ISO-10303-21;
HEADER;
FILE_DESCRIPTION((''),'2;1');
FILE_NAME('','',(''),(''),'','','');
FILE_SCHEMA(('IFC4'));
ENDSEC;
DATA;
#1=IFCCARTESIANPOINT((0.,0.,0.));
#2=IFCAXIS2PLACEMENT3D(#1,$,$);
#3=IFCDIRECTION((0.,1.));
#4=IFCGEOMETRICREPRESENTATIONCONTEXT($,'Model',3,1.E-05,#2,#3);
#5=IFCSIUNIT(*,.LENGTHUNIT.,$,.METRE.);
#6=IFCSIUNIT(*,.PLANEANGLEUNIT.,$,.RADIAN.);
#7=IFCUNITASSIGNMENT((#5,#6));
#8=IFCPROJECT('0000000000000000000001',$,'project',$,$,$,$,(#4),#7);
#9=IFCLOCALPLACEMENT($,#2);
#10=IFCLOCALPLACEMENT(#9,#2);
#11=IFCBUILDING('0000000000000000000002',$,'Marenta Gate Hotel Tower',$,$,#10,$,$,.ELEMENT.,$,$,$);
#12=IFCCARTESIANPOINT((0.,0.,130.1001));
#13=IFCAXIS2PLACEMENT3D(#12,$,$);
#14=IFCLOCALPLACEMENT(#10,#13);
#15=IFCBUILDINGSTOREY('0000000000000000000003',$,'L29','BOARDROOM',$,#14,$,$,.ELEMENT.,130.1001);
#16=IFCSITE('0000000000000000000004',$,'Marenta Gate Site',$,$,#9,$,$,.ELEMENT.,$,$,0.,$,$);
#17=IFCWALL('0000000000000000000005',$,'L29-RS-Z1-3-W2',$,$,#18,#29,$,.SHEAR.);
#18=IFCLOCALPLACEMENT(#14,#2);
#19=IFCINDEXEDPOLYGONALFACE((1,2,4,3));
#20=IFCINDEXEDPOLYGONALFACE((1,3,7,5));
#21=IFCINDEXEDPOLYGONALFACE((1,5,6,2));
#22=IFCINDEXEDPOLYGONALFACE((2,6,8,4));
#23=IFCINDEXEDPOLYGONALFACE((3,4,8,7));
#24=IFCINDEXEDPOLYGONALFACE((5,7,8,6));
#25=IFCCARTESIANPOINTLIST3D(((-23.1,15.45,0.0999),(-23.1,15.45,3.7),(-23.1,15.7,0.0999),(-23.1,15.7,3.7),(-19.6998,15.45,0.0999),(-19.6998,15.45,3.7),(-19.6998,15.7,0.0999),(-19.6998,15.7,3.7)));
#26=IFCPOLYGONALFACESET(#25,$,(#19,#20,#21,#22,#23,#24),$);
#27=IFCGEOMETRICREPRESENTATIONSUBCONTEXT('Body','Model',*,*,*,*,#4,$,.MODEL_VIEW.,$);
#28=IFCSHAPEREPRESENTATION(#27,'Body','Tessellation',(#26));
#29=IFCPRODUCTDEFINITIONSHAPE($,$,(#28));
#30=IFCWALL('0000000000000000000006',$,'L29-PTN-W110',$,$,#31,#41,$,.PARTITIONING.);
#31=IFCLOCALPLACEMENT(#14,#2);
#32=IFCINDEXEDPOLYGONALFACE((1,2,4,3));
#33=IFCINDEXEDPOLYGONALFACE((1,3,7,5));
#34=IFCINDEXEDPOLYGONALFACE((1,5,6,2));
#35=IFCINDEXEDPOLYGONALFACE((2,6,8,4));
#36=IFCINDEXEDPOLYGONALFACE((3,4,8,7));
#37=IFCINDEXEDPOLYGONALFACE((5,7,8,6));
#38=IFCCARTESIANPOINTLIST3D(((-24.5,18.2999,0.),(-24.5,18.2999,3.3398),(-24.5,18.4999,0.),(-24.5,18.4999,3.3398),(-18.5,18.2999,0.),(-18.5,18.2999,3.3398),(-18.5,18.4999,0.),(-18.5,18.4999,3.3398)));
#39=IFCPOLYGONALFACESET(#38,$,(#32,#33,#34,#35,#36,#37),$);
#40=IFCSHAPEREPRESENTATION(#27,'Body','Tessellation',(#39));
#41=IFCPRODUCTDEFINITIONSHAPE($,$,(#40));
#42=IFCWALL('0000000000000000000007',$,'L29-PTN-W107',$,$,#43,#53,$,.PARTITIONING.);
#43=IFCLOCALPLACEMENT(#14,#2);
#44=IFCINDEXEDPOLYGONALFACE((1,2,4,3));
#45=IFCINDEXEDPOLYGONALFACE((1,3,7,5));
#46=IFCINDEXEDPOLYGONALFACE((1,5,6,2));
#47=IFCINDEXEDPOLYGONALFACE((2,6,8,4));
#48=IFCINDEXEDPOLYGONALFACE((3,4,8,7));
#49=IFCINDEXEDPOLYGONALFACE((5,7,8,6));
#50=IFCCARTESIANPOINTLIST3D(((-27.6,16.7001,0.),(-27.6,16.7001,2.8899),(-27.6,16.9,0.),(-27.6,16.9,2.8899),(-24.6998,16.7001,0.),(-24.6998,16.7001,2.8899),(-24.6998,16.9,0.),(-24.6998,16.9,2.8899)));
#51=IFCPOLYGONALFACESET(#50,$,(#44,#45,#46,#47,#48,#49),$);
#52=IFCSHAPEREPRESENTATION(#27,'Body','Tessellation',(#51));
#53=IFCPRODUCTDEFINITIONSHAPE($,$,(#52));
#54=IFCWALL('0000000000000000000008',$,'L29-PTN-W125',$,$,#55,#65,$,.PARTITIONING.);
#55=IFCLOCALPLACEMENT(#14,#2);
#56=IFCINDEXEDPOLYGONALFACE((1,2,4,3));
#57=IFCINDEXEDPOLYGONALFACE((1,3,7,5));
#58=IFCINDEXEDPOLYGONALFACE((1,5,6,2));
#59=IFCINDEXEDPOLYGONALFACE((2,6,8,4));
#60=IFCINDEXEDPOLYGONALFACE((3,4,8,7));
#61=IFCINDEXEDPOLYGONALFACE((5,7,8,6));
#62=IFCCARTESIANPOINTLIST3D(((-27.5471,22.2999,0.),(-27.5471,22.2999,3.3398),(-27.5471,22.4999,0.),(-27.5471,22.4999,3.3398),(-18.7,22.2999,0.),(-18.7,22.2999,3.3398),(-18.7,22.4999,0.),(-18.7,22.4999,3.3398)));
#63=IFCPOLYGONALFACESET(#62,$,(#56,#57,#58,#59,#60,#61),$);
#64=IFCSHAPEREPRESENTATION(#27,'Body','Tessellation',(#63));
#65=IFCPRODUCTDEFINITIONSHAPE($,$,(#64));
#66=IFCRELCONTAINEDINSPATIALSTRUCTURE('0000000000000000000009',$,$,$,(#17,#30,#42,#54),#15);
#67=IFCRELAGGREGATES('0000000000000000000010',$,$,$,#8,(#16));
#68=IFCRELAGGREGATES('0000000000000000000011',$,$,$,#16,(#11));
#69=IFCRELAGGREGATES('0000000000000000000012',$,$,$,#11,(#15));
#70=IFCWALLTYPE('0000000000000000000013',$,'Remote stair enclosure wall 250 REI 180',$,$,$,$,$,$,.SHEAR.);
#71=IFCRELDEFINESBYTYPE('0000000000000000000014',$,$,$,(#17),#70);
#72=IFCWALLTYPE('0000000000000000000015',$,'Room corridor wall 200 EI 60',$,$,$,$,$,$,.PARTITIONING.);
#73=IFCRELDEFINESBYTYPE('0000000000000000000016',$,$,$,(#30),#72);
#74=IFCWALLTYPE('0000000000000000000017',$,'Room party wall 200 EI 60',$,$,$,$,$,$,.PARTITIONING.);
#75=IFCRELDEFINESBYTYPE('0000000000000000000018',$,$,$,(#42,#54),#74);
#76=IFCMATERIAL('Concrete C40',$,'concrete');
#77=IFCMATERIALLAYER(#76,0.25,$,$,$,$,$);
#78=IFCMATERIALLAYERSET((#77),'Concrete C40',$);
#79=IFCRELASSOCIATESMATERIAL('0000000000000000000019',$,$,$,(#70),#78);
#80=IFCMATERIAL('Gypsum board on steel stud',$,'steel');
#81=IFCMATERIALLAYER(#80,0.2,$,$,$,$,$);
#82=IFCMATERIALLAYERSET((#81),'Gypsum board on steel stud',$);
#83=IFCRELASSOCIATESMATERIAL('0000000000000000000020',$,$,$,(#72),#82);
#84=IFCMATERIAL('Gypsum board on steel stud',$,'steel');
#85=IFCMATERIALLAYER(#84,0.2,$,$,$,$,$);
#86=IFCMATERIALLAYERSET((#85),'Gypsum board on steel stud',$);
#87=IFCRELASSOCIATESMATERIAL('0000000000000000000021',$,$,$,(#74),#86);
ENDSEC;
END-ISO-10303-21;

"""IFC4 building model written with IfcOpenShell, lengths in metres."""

from ifc_helpers import new_model, si_unit, direction, frame, frame_2d, origin, place, context, subcontext, project, spatial, rectangle, extrude, material, layer, layer_set, type_object, element, save


model = new_model("IFC4")

# Units and contexts
model_context = context("Model", 3, precision=1e-05, world=origin(), true_north=direction((0.0, 1.0)))
body_context = subcontext(model_context, "Body", "Model", "MODEL_VIEW")
ifc_project = project(units=[si_unit("LENGTHUNIT", "METRE"), si_unit("PLANEANGLEUNIT", "RADIAN")], contexts=[model_context])

# Site, building, storey
site_placement = place(None, origin())
site = spatial("IfcSite", under=ifc_project, at=site_placement, Name="Marenta Gate Site", CompositionType="ELEMENT", RefElevation=0.0)
building_placement = place(site_placement, origin())
building = spatial("IfcBuilding", under=site, at=building_placement, Name="Marenta Gate Hotel Tower", CompositionType="ELEMENT")
storey_placement = place(building_placement, frame((0.0, 0.0, 130.1001)))
storey = spatial("IfcBuildingStorey", under=building, at=storey_placement, Name="L29", Description="BOARDROOM", CompositionType="ELEMENT", Elevation=130.1001)

# Walls
ifc_material_1 = material(Name="Concrete C40", Category="concrete")
ifc_layer_1 = layer(ifc_material_1, 0.25)
ifc_layer_set_1 = layer_set([ifc_layer_1], Name="Concrete C40")
wall_type_1 = type_object("IfcWallType", Name="Remote stair enclosure wall 250 REI 180", PredefinedType="SHEAR", material=ifc_layer_set_1)
wall_1_placement = place(storey_placement, frame((-23.1001, 15.575, 0.0999), z_axis=(0.0, 0.0, 1.0), x_axis=(1.0, 0.0, 0.0)))
element("IfcWall", 1, at=wall_1_placement, inside=storey, type_object=wall_type_1, Name="L29-RS-Z1-3-W2", PredefinedType="SHEAR", context=body_context, shape_type="SweptSolid", body=[
    extrude(rectangle(XDim=3.4001, YDim=0.25, at=frame_2d((1.7002, 0.0))), origin(), (0.0, 0.0, 1.0), 3.6001),
])
ifc_material_2 = material(Name="Gypsum board on steel stud", Category="steel")
ifc_layer_2 = layer(ifc_material_2, 0.2)
ifc_layer_set_2 = layer_set([ifc_layer_2], Name="Gypsum board on steel stud")
wall_type_2 = type_object("IfcWallType", Name="Room corridor wall 200 EI 60", PredefinedType="PARTITIONING", material=ifc_layer_set_2)
wall_2_placement = place(storey_placement, frame((-24.5, 18.3999, 0.0), z_axis=(0.0, 0.0, 1.0), x_axis=(1.0, 0.0, 0.0)))
element("IfcWall", 2, at=wall_2_placement, inside=storey, type_object=wall_type_2, Name="L29-PTN-W110", PredefinedType="PARTITIONING", context=body_context, shape_type="SweptSolid", body=[
    extrude(rectangle(XDim=6.0, YDim=0.2, at=frame_2d((3.0, 0.0))), origin(), (0.0, 0.0, 1.0), 3.3398),
])
ifc_material_3 = material(Name="Gypsum board on steel stud", Category="steel")
ifc_layer_3 = layer(ifc_material_3, 0.2)
ifc_layer_set_3 = layer_set([ifc_layer_3], Name="Gypsum board on steel stud")
wall_type_3 = type_object("IfcWallType", Name="Room party wall 200 EI 60", PredefinedType="PARTITIONING", material=ifc_layer_set_3)
wall_3_placement = place(storey_placement, frame((-27.6001, 16.8, 0.0), z_axis=(0.0, 0.0, 1.0), x_axis=(1.0, 0.0, 0.0)))
element("IfcWall", 3, at=wall_3_placement, inside=storey, type_object=wall_type_3, Name="L29-PTN-W107", PredefinedType="PARTITIONING", context=body_context, shape_type="SweptSolid", body=[
    extrude(rectangle(XDim=2.9001, YDim=0.2, at=frame_2d((1.4502, 0.0))), origin(), (0.0, 0.0, 1.0), 2.8899),
])
wall_4_placement = place(storey_placement, frame((-27.5471, 22.3999, 0.0), z_axis=(0.0, 0.0, 1.0), x_axis=(1.0, 0.0, 0.0)))
element("IfcWall", 4, at=wall_4_placement, inside=storey, type_object=wall_type_3, Name="L29-PTN-W125", PredefinedType="PARTITIONING", context=body_context, shape_type="SweptSolid", body=[
    extrude(rectangle(XDim=8.8472, YDim=0.2, at=frame_2d((4.4236, 0.0))), origin(), (0.0, 0.0, 1.0), 3.3398),
])

save(model, "model.ifc")
